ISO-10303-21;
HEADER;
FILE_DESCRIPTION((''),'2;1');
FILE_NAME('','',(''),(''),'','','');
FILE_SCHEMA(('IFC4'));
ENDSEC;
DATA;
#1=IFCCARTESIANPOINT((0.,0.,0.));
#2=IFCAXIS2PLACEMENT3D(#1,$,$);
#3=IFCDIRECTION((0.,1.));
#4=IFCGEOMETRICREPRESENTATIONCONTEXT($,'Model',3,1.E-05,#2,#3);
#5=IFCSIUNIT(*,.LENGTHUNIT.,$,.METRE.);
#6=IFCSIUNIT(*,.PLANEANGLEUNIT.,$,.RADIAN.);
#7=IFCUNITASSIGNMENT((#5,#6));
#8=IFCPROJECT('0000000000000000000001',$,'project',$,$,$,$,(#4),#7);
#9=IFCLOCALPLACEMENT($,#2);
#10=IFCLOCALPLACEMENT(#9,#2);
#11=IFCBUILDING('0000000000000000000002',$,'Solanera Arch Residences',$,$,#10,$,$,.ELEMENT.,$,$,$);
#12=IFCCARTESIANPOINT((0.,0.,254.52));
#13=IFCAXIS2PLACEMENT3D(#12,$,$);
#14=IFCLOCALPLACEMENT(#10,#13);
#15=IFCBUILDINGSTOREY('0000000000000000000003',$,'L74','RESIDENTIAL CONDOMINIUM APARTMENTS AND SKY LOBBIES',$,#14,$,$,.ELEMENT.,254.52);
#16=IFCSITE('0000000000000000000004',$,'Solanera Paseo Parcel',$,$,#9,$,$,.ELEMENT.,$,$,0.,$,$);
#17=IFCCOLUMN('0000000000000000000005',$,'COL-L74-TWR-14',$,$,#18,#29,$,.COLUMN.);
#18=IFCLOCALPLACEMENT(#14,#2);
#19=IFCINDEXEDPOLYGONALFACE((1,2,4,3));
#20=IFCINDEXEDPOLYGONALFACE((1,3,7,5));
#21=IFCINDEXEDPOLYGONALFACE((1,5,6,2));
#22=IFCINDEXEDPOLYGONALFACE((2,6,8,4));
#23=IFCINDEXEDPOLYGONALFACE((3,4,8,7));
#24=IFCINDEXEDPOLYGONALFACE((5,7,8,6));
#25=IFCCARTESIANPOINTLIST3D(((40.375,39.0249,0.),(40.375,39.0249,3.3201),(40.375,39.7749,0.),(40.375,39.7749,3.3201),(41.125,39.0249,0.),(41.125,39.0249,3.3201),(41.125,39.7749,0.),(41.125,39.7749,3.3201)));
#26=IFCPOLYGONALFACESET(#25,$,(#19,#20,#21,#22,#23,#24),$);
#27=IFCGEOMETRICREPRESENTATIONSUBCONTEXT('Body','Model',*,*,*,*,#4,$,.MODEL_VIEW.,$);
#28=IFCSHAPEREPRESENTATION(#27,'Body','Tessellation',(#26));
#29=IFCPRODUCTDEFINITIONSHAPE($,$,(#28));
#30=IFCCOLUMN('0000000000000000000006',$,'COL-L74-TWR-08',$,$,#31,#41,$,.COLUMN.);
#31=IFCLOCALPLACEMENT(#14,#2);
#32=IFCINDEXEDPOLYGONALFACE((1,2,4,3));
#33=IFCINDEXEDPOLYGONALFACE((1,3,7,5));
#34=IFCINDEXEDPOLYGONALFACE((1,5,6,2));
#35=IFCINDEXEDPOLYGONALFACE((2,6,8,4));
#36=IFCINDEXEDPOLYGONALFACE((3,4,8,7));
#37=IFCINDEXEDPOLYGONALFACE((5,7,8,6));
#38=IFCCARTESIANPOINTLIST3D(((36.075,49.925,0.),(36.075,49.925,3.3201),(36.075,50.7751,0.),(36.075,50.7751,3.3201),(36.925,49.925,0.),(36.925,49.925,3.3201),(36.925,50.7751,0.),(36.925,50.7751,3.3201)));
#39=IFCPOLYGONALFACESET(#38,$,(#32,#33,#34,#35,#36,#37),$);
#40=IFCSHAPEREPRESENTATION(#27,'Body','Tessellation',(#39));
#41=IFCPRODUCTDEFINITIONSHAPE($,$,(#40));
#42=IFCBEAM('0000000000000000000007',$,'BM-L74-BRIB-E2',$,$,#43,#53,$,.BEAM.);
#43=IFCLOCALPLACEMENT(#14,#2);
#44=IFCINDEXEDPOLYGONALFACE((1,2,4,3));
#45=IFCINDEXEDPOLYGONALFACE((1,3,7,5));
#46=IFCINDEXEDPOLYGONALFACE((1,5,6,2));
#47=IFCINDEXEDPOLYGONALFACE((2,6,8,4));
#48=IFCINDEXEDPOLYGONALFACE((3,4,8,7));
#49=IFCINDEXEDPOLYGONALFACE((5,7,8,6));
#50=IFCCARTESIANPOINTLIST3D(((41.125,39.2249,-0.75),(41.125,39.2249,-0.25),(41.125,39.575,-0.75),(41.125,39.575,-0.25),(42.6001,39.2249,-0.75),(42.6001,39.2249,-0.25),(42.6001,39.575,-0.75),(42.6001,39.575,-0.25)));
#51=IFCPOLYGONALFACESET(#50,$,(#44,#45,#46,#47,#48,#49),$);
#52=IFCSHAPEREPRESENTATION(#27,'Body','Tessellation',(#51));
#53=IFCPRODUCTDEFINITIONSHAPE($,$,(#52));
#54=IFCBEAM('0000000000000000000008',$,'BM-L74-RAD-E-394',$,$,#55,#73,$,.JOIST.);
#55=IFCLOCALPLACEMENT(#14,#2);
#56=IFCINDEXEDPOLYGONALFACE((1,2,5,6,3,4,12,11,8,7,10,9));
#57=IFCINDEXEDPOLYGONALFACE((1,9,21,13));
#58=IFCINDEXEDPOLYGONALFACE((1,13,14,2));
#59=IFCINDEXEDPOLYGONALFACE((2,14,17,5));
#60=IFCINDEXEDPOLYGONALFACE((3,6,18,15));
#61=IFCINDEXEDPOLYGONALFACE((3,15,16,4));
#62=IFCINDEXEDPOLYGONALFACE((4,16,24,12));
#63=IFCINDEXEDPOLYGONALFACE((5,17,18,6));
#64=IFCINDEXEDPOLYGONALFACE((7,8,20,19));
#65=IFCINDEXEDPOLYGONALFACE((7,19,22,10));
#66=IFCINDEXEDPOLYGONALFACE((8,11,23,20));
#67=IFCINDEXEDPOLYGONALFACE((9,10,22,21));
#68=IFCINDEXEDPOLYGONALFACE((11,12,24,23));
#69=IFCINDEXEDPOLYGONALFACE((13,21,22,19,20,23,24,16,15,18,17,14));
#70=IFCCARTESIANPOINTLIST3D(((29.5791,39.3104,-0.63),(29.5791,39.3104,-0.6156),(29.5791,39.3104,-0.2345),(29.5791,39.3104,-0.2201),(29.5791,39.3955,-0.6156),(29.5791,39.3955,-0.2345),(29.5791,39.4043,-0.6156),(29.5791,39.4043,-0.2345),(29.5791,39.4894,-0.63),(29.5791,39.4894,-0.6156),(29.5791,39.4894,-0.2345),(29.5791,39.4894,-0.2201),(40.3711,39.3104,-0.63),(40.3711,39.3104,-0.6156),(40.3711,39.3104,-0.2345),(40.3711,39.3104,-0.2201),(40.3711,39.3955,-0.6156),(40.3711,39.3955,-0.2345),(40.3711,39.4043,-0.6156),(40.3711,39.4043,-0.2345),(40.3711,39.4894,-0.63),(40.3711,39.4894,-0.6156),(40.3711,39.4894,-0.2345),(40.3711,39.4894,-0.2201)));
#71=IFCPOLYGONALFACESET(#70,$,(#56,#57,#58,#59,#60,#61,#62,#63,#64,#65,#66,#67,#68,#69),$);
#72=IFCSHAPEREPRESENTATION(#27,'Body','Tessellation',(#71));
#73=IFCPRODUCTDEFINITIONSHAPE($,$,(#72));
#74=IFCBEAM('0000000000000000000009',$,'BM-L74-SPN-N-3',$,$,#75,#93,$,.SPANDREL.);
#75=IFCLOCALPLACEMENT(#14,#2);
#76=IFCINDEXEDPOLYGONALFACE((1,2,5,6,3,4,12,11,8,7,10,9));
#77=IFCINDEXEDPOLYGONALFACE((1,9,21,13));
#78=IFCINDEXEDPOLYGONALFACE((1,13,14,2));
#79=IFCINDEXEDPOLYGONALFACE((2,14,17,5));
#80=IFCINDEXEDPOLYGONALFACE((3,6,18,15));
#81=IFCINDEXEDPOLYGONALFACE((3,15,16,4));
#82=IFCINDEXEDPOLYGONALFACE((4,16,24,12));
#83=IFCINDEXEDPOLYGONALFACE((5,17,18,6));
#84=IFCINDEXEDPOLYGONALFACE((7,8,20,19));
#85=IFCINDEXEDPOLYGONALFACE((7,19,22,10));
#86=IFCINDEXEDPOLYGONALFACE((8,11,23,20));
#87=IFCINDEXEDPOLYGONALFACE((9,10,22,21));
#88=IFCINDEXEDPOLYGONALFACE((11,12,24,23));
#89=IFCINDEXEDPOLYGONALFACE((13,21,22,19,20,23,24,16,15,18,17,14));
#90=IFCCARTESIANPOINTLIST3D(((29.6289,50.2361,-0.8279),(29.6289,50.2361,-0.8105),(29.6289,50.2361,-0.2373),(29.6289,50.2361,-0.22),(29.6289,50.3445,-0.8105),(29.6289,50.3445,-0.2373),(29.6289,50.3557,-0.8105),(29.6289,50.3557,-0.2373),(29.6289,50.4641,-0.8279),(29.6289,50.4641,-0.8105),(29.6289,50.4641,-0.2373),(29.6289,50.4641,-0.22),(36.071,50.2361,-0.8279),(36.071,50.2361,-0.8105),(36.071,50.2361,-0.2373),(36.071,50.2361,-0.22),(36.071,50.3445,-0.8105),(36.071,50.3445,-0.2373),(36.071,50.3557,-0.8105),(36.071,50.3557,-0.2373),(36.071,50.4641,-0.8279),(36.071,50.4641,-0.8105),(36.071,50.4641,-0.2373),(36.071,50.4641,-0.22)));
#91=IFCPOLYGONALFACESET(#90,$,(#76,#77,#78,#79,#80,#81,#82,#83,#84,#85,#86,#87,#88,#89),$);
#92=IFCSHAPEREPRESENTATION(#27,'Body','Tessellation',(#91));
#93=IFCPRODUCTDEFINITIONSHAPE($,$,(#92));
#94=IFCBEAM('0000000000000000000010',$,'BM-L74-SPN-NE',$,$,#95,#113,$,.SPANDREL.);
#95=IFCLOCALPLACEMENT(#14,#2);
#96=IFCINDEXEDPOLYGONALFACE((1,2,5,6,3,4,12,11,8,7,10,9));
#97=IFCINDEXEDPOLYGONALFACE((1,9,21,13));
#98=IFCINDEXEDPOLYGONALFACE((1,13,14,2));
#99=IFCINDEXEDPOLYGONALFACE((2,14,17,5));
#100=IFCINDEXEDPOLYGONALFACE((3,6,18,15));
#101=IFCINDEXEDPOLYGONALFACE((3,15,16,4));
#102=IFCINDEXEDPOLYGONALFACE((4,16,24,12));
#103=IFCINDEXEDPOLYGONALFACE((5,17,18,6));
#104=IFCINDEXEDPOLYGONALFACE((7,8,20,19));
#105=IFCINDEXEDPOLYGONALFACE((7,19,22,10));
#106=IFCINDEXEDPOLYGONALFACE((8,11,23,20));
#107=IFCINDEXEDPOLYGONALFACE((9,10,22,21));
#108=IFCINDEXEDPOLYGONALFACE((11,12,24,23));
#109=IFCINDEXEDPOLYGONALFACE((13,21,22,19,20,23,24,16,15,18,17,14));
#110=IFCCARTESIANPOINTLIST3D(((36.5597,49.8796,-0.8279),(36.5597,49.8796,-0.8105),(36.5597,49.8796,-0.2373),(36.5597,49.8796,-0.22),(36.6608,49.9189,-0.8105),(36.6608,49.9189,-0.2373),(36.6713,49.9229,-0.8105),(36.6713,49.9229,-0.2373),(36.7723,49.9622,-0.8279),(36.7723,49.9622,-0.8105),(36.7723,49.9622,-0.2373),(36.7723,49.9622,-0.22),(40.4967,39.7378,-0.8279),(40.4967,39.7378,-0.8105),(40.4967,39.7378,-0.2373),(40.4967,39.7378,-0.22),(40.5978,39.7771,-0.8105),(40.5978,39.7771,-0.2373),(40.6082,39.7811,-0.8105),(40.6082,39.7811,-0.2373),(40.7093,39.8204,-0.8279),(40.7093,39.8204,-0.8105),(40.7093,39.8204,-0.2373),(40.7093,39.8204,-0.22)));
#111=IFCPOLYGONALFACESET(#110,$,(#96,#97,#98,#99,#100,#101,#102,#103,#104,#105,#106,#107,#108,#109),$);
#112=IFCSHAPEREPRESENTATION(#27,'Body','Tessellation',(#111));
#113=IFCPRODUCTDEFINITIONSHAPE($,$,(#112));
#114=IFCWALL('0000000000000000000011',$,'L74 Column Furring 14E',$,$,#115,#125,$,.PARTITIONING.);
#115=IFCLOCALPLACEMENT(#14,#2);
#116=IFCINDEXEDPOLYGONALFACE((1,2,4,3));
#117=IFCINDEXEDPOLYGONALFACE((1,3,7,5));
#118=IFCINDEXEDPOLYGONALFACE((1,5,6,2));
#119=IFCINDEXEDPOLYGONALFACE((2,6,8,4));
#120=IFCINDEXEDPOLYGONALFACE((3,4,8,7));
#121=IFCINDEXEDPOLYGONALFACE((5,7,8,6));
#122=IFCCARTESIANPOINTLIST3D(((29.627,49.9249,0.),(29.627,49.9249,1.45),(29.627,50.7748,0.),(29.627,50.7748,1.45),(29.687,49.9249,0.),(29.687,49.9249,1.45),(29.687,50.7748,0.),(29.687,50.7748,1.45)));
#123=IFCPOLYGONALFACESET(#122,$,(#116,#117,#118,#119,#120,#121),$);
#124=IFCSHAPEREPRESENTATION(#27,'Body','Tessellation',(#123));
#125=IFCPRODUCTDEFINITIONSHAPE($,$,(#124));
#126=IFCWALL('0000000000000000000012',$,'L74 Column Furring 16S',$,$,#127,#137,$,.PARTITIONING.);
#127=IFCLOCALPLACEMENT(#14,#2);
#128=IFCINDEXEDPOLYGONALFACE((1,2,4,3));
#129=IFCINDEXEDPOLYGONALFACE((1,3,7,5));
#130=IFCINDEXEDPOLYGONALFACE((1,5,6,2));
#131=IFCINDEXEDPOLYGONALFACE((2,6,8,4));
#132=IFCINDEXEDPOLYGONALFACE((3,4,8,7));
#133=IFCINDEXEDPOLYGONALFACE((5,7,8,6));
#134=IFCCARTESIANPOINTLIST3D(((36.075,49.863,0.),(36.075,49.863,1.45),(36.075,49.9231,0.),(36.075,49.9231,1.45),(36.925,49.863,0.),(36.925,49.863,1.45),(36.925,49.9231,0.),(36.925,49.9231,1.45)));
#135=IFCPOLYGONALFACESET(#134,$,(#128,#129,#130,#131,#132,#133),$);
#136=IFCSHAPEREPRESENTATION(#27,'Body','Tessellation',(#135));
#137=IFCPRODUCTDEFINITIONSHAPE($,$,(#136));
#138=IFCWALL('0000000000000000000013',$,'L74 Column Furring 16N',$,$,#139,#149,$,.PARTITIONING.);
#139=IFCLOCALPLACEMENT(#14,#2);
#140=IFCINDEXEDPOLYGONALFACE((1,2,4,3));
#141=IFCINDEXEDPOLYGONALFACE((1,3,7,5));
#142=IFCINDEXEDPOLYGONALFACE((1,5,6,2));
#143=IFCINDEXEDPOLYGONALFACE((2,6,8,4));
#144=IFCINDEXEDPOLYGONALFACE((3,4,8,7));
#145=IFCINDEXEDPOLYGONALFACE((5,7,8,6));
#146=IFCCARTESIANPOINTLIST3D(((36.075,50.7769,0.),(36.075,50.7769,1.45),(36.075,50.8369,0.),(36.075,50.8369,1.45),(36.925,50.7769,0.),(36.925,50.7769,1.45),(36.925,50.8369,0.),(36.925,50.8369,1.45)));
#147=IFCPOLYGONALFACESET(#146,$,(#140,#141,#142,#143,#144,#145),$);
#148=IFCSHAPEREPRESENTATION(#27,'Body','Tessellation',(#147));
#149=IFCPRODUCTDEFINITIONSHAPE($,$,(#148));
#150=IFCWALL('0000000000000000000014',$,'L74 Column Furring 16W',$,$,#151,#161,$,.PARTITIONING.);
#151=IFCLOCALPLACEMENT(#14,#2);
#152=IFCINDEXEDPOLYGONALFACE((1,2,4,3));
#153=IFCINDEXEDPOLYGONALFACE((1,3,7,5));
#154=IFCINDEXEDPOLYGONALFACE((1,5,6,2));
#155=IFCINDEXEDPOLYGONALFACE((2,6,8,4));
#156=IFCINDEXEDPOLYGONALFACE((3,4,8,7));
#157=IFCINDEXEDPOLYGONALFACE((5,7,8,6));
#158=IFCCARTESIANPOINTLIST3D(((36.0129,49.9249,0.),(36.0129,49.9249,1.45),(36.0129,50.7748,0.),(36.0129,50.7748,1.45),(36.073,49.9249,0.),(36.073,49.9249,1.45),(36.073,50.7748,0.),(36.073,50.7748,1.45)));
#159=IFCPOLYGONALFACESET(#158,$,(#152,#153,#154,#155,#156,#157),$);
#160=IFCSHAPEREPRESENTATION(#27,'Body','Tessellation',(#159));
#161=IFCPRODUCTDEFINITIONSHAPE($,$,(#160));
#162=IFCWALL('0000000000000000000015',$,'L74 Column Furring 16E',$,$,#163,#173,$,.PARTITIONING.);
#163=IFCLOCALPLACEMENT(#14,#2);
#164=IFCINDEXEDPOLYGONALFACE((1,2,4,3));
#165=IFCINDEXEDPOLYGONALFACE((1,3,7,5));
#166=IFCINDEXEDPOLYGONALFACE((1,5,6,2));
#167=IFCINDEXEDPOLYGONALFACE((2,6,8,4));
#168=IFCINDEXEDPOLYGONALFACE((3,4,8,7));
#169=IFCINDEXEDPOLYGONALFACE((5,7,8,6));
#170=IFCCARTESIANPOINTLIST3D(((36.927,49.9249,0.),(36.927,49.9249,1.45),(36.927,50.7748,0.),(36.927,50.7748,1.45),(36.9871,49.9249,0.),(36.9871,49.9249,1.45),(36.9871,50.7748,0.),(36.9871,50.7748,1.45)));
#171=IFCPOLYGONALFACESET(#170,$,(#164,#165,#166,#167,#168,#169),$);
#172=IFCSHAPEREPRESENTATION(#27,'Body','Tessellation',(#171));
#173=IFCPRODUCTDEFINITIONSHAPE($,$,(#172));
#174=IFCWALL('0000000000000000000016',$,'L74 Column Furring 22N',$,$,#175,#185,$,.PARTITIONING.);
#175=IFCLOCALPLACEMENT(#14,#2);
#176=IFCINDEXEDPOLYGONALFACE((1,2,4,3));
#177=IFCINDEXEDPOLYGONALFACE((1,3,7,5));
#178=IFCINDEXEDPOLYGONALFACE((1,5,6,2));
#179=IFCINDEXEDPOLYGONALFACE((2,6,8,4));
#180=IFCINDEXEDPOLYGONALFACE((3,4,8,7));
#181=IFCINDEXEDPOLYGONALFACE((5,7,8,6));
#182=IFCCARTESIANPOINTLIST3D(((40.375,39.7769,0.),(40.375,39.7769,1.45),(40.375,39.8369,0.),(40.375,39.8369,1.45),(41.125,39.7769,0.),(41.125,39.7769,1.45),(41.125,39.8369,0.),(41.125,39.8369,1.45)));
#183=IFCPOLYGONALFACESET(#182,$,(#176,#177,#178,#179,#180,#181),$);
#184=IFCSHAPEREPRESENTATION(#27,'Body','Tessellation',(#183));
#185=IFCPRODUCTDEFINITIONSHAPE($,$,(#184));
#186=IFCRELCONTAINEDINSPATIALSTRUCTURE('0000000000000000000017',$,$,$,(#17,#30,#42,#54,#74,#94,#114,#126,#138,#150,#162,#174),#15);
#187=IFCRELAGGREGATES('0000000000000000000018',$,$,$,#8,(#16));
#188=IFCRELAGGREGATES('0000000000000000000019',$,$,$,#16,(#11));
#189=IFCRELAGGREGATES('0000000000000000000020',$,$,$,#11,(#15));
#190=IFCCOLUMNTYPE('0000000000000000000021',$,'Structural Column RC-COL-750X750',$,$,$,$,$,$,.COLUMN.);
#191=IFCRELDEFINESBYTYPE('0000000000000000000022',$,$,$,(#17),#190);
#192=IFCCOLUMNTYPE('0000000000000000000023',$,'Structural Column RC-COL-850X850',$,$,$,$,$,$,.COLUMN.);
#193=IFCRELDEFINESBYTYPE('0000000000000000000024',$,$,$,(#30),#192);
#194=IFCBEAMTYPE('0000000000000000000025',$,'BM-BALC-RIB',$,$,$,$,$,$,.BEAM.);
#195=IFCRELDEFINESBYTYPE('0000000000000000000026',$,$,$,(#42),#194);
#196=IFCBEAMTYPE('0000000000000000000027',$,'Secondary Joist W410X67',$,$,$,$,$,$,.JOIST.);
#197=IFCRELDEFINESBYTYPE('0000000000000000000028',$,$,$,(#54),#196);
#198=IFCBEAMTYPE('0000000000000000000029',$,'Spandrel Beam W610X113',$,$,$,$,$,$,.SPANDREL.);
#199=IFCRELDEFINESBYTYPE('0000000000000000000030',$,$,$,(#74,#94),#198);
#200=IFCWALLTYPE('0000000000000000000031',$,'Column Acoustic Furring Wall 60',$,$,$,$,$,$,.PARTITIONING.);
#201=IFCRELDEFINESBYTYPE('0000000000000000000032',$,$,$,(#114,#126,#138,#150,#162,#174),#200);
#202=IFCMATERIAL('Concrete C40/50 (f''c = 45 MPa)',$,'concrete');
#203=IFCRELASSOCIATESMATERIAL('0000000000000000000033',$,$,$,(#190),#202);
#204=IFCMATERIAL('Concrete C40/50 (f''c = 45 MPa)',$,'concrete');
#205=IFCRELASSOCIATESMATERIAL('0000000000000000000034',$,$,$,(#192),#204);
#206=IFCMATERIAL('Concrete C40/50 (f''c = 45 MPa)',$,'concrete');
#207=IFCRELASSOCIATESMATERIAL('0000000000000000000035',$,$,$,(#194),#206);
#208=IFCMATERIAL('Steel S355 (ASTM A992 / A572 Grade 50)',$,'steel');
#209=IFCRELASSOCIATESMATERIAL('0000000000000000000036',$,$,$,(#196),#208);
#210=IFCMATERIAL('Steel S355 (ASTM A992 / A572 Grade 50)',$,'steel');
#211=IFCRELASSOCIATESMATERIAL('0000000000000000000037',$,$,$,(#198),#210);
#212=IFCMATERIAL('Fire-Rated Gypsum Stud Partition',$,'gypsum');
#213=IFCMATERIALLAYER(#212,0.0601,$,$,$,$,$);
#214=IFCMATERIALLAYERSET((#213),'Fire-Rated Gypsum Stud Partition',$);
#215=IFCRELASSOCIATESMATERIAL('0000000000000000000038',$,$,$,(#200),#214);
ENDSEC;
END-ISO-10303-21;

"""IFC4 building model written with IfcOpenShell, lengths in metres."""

from ifc_helpers import new_model, si_unit, direction, frame, frame_2d, origin, origin_2d, place, context, subcontext, project, spatial, rectangle, i_section, extrude, material, layer, layer_set, material_profile, profile_set, type_object, element, save


model = new_model("IFC4")

# Units and contexts
model_context = context("Model", 3, precision=1e-05, world=origin(), true_north=direction((0.0, 1.0)))
body_context = subcontext(model_context, "Body", "Model", "MODEL_VIEW")
ifc_project = project(units=[si_unit("LENGTHUNIT", "METRE"), si_unit("PLANEANGLEUNIT", "RADIAN")], contexts=[model_context])

# Site, building, storey
site_placement = place(None, origin())
site = spatial("IfcSite", under=ifc_project, at=site_placement, Name="Solanera Paseo Parcel", CompositionType="ELEMENT", RefElevation=0.0)
building_placement = place(site_placement, origin())
building = spatial("IfcBuilding", under=site, at=building_placement, Name="Solanera Arch Residences", CompositionType="ELEMENT")
storey_placement = place(building_placement, frame((0.0, 0.0, 254.52)))
storey = spatial("IfcBuildingStorey", under=building, at=storey_placement, Name="L74", Description="RESIDENTIAL CONDOMINIUM APARTMENTS AND SKY LOBBIES", CompositionType="ELEMENT", Elevation=254.52)

# Columns
ifc_material_1 = material(Name="Concrete C40/50 (f'c = 45 MPa)", Category="concrete")
ifc_material_profile_1 = material_profile(ifc_material_1, rectangle(XDim=0.75, YDim=0.75, at=origin_2d()))
ifc_profile_set_1 = profile_set([ifc_material_profile_1], Name="Concrete C40/50 (f'c = 45 MPa)")
column_type_1 = type_object("IfcColumnType", Name="Structural Column RC-COL-750X750", PredefinedType="COLUMN", material=ifc_profile_set_1)
column_1_placement = place(storey_placement, frame((40.75, 39.3999, 0.0), z_axis=(0.0, 0.0, 1.0), x_axis=(1.0, 0.0, 0.0)))
element("IfcColumn", 1, at=column_1_placement, inside=storey, type_object=column_type_1, Name="COL-L74-TWR-14", PredefinedType="COLUMN", context=body_context, shape_type="SweptSolid", body=[
    extrude(rectangle(XDim=0.75, YDim=0.75, at=origin_2d()), origin(), (0.0, 0.0, 1.0), 3.3201),
])
ifc_material_2 = material(Name="Concrete C40/50 (f'c = 45 MPa)", Category="concrete")
ifc_material_profile_2 = material_profile(ifc_material_2, rectangle(XDim=0.8501, YDim=0.8501, at=origin_2d()))
ifc_profile_set_2 = profile_set([ifc_material_profile_2], Name="Concrete C40/50 (f'c = 45 MPa)")
column_type_2 = type_object("IfcColumnType", Name="Structural Column RC-COL-850X850", PredefinedType="COLUMN", material=ifc_profile_set_2)
column_2_placement = place(storey_placement, frame((36.5, 50.3501, 0.0), z_axis=(0.0, 0.0, 1.0), x_axis=(1.0, 0.0, 0.0)))
element("IfcColumn", 2, at=column_2_placement, inside=storey, type_object=column_type_2, Name="COL-L74-TWR-08", PredefinedType="COLUMN", context=body_context, shape_type="SweptSolid", body=[
    extrude(rectangle(XDim=0.8501, YDim=0.8501, at=origin_2d()), origin(), (0.0, 0.0, 1.0), 3.3201),
])

# Beams
ifc_material_3 = material(Name="Concrete C40/50 (f'c = 45 MPa)", Category="concrete")
ifc_material_profile_3 = material_profile(ifc_material_3, rectangle(XDim=0.3501, YDim=0.5, at=origin_2d()))
ifc_profile_set_3 = profile_set([ifc_material_profile_3], Name="Concrete C40/50 (f'c = 45 MPa)")
beam_type_1 = type_object("IfcBeamType", Name="BM-BALC-RIB", PredefinedType="BEAM", material=ifc_profile_set_3)
beam_1_placement = place(storey_placement, frame((41.125, 39.3999, -0.5), z_axis=(1.0, 0.0, 0.0), x_axis=(0.0, 1.0, 0.0)))
element("IfcBeam", 3, at=beam_1_placement, inside=storey, type_object=beam_type_1, Name="BM-L74-BRIB-E2", PredefinedType="BEAM", context=body_context, shape_type="SweptSolid", body=[
    extrude(rectangle(XDim=0.3501, YDim=0.5, at=origin_2d()), origin(), (0.0, 0.0, 1.0), 1.4751),
])
ifc_material_4 = material(Name="Steel S355 (ASTM A992 / A572 Grade 50)", Category="steel")
ifc_material_profile_4 = material_profile(ifc_material_4, i_section(OverallWidth=0.179, OverallDepth=0.4099, WebThickness=0.0088, FlangeThickness=0.0144, at=origin_2d()))
ifc_profile_set_4 = profile_set([ifc_material_profile_4], Name="Steel S355 (ASTM A992 / A572 Grade 50)")
beam_type_2 = type_object("IfcBeamType", Name="Secondary Joist W410X67", PredefinedType="JOIST", material=ifc_profile_set_4)
beam_2_placement = place(storey_placement, frame((29.5791, 39.3999, -0.425), z_axis=(1.0, 0.0, 0.0), x_axis=(0.0, 1.0, 0.0)))
element("IfcBeam", 4, at=beam_2_placement, inside=storey, type_object=beam_type_2, Name="BM-L74-RAD-E-394", PredefinedType="JOIST", context=body_context, shape_type="SweptSolid", body=[
    extrude(i_section(OverallWidth=0.179, OverallDepth=0.4099, WebThickness=0.0088, FlangeThickness=0.0144, at=origin_2d()), origin(), (0.0, 0.0, 1.0), 10.792),
])
ifc_material_5 = material(Name="Steel S355 (ASTM A992 / A572 Grade 50)", Category="steel")
ifc_material_profile_5 = material_profile(ifc_material_5, i_section(OverallWidth=0.228, OverallDepth=0.6079, WebThickness=0.0112, FlangeThickness=0.0173, at=origin_2d()))
ifc_profile_set_5 = profile_set([ifc_material_profile_5], Name="Steel S355 (ASTM A992 / A572 Grade 50)")
beam_type_3 = type_object("IfcBeamType", Name="Spandrel Beam W610X113", PredefinedType="SPANDREL", material=ifc_profile_set_5)
beam_3_placement = place(storey_placement, frame((29.6289, 50.3501, -0.5239), z_axis=(1.0, 0.0, 0.0), x_axis=(0.0, 1.0, 0.0)))
element("IfcBeam", 5, at=beam_3_placement, inside=storey, type_object=beam_type_3, Name="BM-L74-SPN-N-3", PredefinedType="SPANDREL", context=body_context, shape_type="SweptSolid", body=[
    extrude(i_section(OverallWidth=0.228, OverallDepth=0.6079, WebThickness=0.0112, FlangeThickness=0.0173, at=origin_2d()), origin(), (0.0, 0.0, 1.0), 6.4421),
])
beam_4_placement = place(storey_placement, frame((36.666, 49.9209, -0.5239), z_axis=(0.361884, -0.932223, 0.0), x_axis=(0.932223, 0.361884, 0.0)))
element("IfcBeam", 6, at=beam_4_placement, inside=storey, type_object=beam_type_3, Name="BM-L74-SPN-NE", PredefinedType="SPANDREL", context=body_context, shape_type="SweptSolid", body=[
    extrude(i_section(OverallWidth=0.228, OverallDepth=0.6079, WebThickness=0.0112, FlangeThickness=0.0173, at=origin_2d()), origin(), (0.0, 0.0, 1.0), 10.8792),
])

# Walls
ifc_material_6 = material(Name="Fire-Rated Gypsum Stud Partition", Category="gypsum")
ifc_layer_1 = layer(ifc_material_6, 0.0601)
ifc_layer_set_1 = layer_set([ifc_layer_1], Name="Fire-Rated Gypsum Stud Partition")
wall_type_1 = type_object("IfcWallType", Name="Column Acoustic Furring Wall 60", PredefinedType="PARTITIONING", material=ifc_layer_set_1)
wall_1_placement = place(storey_placement, frame((29.657, 49.925, 0.0), z_axis=(0.0, 0.0, 1.0), x_axis=(0.0, 1.0, 0.0)))
element("IfcWall", 7, at=wall_1_placement, inside=storey, type_object=wall_type_1, Name="L74 Column Furring 14E", PredefinedType="PARTITIONING", context=body_context, shape_type="SweptSolid", body=[
    extrude(rectangle(XDim=0.8499, YDim=0.0601, at=frame_2d((0.4248, 0.0))), origin(), (0.0, 0.0, 1.0), 1.45),
])
for number, where, z_axis, x_axis, name in (
    (8, (36.075, 49.8931, 0.0), (0.0, 0.0, 1.0), (1.0, 0.0, 0.0), "L74 Column Furring 16S"),
    (9, (36.075, 50.8069, 0.0), (0.0, 0.0, 1.0), (1.0, 0.0, 0.0), "L74 Column Furring 16N"),
):
    element("IfcWall", number, at=place(storey_placement, frame(where, z_axis=z_axis, x_axis=x_axis)), inside=storey, type_object=wall_type_1, Name=name, PredefinedType="PARTITIONING", context=body_context, shape_type="SweptSolid", body=[
        extrude(rectangle(XDim=0.8501, YDim=0.0601, at=frame_2d((0.425, 0.0))), origin(), (0.0, 0.0, 1.0), 1.45),
    ])
for number, where, z_axis, x_axis, name in (
    (10, (36.043, 49.925, 0.0), (0.0, 0.0, 1.0), (0.0, 1.0, 0.0), "L74 Column Furring 16W"),
    (11, (36.957, 49.925, 0.0), (0.0, 0.0, 1.0), (0.0, 1.0, 0.0), "L74 Column Furring 16E"),
):
    element("IfcWall", number, at=place(storey_placement, frame(where, z_axis=z_axis, x_axis=x_axis)), inside=storey, type_object=wall_type_1, Name=name, PredefinedType="PARTITIONING", context=body_context, shape_type="SweptSolid", body=[
        extrude(rectangle(XDim=0.8499, YDim=0.0601, at=frame_2d((0.4248, 0.0))), origin(), (0.0, 0.0, 1.0), 1.45),
    ])
wall_2_placement = place(storey_placement, frame((40.375, 39.8069, 0.0), z_axis=(0.0, 0.0, 1.0), x_axis=(1.0, 0.0, 0.0)))
element("IfcWall", 12, at=wall_2_placement, inside=storey, type_object=wall_type_1, Name="L74 Column Furring 22N", PredefinedType="PARTITIONING", context=body_context, shape_type="SweptSolid", body=[
    extrude(rectangle(XDim=0.75, YDim=0.0601, at=frame_2d((0.375, 0.0))), origin(), (0.0, 0.0, 1.0), 1.45),
])

save(model, "model.ifc")
